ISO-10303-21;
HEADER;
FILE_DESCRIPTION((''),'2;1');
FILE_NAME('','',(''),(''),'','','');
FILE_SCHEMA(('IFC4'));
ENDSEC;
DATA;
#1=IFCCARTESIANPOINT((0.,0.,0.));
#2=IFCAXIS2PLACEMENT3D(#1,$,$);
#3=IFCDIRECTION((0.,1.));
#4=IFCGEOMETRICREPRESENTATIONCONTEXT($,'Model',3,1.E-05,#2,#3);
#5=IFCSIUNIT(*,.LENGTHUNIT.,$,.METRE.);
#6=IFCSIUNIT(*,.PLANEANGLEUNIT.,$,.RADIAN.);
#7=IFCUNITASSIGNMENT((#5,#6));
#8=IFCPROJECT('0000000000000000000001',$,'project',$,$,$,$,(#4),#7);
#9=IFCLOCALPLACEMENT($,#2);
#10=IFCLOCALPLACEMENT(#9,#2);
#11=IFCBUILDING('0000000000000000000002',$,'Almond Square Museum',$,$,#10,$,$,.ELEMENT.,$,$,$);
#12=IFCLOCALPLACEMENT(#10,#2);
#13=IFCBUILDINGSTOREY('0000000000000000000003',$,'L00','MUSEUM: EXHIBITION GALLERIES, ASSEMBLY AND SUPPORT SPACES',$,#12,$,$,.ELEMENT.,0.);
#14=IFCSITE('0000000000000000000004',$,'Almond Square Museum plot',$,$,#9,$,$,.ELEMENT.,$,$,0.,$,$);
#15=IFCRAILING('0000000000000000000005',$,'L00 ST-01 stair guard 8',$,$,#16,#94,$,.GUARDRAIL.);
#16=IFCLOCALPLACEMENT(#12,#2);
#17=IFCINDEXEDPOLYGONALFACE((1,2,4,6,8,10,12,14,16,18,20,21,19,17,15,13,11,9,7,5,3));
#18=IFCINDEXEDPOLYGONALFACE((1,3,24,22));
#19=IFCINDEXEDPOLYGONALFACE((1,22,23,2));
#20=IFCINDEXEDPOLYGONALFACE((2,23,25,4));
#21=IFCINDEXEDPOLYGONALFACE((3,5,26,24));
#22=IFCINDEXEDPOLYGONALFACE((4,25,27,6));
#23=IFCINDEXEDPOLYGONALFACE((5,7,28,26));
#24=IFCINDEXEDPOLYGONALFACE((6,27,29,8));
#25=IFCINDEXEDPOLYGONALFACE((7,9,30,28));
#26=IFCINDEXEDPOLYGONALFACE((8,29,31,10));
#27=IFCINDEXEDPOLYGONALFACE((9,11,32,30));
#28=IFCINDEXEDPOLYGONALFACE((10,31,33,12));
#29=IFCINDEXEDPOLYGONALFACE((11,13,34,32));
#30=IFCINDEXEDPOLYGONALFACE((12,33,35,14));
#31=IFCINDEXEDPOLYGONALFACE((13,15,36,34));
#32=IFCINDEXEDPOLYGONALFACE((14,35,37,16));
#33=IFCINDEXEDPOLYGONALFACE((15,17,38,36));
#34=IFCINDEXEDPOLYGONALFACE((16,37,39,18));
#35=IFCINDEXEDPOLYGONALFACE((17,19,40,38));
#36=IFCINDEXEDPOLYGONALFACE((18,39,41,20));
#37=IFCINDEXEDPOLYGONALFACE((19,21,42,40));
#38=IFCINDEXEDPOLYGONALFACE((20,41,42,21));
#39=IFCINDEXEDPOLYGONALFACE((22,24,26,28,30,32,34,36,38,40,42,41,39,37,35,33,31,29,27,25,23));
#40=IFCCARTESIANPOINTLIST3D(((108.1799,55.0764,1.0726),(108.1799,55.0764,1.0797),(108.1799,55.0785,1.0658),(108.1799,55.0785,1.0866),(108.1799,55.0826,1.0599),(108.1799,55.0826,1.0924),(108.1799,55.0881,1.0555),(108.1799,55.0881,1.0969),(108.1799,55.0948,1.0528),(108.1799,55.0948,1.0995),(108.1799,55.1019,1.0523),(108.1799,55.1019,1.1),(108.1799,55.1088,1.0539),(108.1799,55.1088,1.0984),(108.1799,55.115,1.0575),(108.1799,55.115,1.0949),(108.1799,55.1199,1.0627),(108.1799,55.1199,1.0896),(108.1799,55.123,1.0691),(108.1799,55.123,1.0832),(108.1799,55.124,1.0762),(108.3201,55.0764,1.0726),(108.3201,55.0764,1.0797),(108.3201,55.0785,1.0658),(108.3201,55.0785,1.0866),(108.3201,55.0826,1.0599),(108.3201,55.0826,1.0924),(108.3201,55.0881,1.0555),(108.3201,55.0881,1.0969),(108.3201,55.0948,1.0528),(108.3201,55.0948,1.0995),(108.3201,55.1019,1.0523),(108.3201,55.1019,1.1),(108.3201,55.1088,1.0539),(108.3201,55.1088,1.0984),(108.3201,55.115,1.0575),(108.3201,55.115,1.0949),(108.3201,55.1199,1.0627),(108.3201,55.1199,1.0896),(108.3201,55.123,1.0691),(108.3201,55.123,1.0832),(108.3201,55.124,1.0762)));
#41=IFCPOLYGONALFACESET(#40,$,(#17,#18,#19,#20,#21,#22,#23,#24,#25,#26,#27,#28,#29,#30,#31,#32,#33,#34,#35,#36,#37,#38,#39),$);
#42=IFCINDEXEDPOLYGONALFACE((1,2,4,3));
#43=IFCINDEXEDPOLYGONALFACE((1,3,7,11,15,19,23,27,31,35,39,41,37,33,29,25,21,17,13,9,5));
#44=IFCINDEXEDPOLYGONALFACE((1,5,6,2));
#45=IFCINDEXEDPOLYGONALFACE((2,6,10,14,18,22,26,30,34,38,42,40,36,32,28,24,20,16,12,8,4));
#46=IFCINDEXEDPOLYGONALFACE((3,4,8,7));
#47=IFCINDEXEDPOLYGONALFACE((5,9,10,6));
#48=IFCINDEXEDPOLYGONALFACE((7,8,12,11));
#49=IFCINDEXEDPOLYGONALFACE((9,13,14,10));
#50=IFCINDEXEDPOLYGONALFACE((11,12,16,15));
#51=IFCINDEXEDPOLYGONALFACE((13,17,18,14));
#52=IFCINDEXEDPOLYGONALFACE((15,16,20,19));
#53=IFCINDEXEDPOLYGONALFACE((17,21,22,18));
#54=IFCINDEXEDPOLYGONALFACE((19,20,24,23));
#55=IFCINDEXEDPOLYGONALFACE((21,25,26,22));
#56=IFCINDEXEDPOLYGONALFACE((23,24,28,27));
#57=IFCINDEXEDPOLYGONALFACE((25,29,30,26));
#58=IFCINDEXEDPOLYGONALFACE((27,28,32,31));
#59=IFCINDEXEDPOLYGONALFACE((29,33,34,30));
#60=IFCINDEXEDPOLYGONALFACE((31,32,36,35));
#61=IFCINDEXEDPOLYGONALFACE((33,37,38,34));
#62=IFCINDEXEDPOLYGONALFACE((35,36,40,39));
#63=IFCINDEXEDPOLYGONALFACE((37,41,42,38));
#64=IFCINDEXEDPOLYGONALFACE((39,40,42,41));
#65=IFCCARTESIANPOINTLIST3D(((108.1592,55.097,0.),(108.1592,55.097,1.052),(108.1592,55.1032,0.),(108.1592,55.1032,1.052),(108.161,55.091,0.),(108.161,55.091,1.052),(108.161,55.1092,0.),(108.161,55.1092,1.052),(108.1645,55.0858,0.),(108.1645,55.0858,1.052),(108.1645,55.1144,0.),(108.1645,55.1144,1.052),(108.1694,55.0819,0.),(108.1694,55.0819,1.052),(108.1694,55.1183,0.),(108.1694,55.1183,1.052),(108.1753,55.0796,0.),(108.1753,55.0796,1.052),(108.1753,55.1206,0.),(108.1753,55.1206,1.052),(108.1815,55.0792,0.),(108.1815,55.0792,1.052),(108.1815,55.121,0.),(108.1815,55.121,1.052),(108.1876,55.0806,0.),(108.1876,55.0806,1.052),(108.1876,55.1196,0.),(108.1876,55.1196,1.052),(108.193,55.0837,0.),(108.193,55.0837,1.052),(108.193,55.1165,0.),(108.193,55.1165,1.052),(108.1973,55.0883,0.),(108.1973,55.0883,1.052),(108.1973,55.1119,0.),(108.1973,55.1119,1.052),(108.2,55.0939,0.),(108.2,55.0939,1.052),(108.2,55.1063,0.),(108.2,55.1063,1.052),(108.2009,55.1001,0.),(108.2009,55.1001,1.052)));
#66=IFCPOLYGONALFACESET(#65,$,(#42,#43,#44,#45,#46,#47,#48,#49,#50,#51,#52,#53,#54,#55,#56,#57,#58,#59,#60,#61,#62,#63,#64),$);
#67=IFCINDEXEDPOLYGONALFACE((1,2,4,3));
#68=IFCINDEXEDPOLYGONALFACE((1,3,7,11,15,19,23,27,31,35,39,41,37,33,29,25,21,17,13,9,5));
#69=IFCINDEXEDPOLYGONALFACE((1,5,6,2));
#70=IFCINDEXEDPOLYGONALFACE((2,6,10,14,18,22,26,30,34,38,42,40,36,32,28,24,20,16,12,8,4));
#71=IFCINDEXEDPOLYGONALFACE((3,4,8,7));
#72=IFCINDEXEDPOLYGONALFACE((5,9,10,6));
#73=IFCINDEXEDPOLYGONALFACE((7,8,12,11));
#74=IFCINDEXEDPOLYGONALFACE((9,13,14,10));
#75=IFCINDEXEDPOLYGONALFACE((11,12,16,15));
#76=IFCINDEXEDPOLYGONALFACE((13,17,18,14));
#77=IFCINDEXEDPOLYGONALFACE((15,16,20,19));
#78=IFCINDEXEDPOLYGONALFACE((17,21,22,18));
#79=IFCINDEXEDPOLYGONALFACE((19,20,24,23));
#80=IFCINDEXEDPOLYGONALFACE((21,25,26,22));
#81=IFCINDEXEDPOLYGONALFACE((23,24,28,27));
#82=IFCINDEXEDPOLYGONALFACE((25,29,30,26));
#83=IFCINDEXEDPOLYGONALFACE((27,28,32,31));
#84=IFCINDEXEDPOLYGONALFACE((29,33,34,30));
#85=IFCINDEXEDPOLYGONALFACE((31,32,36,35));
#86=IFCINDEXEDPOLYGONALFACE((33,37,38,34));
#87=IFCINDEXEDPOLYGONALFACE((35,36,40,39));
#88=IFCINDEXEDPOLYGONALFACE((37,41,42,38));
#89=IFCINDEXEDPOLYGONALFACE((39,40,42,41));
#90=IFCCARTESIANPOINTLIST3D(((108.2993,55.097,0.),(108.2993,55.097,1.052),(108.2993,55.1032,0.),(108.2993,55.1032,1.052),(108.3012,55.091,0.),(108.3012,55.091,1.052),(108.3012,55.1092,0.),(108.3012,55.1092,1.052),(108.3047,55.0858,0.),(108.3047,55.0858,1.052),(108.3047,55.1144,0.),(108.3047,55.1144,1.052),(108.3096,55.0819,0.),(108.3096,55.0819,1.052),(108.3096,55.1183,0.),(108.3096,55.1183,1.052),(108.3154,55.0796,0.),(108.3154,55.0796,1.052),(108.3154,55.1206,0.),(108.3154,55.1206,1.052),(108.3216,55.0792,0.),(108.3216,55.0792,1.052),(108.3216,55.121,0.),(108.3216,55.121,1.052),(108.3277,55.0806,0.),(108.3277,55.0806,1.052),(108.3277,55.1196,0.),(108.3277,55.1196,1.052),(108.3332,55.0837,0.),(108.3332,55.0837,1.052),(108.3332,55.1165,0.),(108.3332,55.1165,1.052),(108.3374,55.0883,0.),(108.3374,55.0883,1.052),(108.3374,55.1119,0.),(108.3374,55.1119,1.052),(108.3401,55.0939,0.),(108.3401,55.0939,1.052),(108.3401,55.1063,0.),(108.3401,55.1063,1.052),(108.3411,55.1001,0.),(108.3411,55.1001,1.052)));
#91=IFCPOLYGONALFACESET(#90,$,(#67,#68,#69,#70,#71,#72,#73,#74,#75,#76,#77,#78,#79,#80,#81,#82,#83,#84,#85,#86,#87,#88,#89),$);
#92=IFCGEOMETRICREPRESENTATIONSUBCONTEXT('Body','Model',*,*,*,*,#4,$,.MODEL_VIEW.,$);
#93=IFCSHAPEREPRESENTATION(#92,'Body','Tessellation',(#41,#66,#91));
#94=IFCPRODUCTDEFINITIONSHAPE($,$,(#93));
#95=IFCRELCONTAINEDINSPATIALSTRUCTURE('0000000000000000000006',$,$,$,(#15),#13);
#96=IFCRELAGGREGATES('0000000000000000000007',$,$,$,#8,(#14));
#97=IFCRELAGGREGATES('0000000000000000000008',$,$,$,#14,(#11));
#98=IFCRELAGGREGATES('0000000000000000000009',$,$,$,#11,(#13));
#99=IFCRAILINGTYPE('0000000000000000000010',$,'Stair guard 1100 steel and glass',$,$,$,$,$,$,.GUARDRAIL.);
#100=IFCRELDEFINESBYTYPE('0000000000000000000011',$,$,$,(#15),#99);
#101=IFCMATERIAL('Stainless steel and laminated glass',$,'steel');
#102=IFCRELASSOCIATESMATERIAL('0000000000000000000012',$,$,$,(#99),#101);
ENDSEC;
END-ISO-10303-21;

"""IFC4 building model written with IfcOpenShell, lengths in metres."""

from ifc_helpers import new_model, si_unit, direction, frame, origin, origin_2d, place, context, subcontext, project, spatial, circle, extrude, material, type_object, element, save


model = new_model("IFC4")

# Units and contexts
model_context = context("Model", 3, precision=1e-05, world=origin(), true_north=direction((0.0, 1.0)))
body_context = subcontext(model_context, "Body", "Model", "MODEL_VIEW")
ifc_project = project(units=[si_unit("LENGTHUNIT", "METRE"), si_unit("PLANEANGLEUNIT", "RADIAN")], contexts=[model_context])

# Site, building, storey
site_placement = place(None, origin())
site = spatial("IfcSite", under=ifc_project, at=site_placement, Name="Almond Square Museum plot", CompositionType="ELEMENT", RefElevation=0.0)
building_placement = place(site_placement, origin())
building = spatial("IfcBuilding", under=site, at=building_placement, Name="Almond Square Museum", CompositionType="ELEMENT")
storey_placement = place(building_placement, origin())
storey = spatial("IfcBuildingStorey", under=building, at=storey_placement, Name="L00", Description="MUSEUM: EXHIBITION GALLERIES, ASSEMBLY AND SUPPORT SPACES", CompositionType="ELEMENT", Elevation=0.0)

# Railing
ifc_material_1 = material(Name="Stainless steel and laminated glass", Category="steel")
railing_type_1 = type_object("IfcRailingType", Name="Stair guard 1100 steel and glass", PredefinedType="GUARDRAIL", material=ifc_material_1)
railing_1_placement = place(storey_placement, frame((108.1799, 55.1001, 0.0)))
element("IfcRailing", 1, at=railing_1_placement, inside=storey, type_object=railing_type_1, Name="L00 ST-01 stair guard 8", PredefinedType="GUARDRAIL", context=body_context, shape_type="SweptSolid", body=[
    extrude(circle(Radius=0.0239, at=origin_2d()), frame((0.0, 0.0, 1.0762), z_axis=(1.0, 0.0, 0.0), x_axis=(0.0, 1.0, 0.0)), (0.0, 0.0, 1.0), 0.1401),
    extrude(circle(Radius=0.021, at=origin_2d()), origin(), (0.0, 0.0, 1.0), 1.052),
    extrude(circle(Radius=0.021, at=origin_2d()), frame((0.1401, 0.0, 0.0)), (0.0, 0.0, 1.0), 1.052),
])

save(model, "model.ifc")
